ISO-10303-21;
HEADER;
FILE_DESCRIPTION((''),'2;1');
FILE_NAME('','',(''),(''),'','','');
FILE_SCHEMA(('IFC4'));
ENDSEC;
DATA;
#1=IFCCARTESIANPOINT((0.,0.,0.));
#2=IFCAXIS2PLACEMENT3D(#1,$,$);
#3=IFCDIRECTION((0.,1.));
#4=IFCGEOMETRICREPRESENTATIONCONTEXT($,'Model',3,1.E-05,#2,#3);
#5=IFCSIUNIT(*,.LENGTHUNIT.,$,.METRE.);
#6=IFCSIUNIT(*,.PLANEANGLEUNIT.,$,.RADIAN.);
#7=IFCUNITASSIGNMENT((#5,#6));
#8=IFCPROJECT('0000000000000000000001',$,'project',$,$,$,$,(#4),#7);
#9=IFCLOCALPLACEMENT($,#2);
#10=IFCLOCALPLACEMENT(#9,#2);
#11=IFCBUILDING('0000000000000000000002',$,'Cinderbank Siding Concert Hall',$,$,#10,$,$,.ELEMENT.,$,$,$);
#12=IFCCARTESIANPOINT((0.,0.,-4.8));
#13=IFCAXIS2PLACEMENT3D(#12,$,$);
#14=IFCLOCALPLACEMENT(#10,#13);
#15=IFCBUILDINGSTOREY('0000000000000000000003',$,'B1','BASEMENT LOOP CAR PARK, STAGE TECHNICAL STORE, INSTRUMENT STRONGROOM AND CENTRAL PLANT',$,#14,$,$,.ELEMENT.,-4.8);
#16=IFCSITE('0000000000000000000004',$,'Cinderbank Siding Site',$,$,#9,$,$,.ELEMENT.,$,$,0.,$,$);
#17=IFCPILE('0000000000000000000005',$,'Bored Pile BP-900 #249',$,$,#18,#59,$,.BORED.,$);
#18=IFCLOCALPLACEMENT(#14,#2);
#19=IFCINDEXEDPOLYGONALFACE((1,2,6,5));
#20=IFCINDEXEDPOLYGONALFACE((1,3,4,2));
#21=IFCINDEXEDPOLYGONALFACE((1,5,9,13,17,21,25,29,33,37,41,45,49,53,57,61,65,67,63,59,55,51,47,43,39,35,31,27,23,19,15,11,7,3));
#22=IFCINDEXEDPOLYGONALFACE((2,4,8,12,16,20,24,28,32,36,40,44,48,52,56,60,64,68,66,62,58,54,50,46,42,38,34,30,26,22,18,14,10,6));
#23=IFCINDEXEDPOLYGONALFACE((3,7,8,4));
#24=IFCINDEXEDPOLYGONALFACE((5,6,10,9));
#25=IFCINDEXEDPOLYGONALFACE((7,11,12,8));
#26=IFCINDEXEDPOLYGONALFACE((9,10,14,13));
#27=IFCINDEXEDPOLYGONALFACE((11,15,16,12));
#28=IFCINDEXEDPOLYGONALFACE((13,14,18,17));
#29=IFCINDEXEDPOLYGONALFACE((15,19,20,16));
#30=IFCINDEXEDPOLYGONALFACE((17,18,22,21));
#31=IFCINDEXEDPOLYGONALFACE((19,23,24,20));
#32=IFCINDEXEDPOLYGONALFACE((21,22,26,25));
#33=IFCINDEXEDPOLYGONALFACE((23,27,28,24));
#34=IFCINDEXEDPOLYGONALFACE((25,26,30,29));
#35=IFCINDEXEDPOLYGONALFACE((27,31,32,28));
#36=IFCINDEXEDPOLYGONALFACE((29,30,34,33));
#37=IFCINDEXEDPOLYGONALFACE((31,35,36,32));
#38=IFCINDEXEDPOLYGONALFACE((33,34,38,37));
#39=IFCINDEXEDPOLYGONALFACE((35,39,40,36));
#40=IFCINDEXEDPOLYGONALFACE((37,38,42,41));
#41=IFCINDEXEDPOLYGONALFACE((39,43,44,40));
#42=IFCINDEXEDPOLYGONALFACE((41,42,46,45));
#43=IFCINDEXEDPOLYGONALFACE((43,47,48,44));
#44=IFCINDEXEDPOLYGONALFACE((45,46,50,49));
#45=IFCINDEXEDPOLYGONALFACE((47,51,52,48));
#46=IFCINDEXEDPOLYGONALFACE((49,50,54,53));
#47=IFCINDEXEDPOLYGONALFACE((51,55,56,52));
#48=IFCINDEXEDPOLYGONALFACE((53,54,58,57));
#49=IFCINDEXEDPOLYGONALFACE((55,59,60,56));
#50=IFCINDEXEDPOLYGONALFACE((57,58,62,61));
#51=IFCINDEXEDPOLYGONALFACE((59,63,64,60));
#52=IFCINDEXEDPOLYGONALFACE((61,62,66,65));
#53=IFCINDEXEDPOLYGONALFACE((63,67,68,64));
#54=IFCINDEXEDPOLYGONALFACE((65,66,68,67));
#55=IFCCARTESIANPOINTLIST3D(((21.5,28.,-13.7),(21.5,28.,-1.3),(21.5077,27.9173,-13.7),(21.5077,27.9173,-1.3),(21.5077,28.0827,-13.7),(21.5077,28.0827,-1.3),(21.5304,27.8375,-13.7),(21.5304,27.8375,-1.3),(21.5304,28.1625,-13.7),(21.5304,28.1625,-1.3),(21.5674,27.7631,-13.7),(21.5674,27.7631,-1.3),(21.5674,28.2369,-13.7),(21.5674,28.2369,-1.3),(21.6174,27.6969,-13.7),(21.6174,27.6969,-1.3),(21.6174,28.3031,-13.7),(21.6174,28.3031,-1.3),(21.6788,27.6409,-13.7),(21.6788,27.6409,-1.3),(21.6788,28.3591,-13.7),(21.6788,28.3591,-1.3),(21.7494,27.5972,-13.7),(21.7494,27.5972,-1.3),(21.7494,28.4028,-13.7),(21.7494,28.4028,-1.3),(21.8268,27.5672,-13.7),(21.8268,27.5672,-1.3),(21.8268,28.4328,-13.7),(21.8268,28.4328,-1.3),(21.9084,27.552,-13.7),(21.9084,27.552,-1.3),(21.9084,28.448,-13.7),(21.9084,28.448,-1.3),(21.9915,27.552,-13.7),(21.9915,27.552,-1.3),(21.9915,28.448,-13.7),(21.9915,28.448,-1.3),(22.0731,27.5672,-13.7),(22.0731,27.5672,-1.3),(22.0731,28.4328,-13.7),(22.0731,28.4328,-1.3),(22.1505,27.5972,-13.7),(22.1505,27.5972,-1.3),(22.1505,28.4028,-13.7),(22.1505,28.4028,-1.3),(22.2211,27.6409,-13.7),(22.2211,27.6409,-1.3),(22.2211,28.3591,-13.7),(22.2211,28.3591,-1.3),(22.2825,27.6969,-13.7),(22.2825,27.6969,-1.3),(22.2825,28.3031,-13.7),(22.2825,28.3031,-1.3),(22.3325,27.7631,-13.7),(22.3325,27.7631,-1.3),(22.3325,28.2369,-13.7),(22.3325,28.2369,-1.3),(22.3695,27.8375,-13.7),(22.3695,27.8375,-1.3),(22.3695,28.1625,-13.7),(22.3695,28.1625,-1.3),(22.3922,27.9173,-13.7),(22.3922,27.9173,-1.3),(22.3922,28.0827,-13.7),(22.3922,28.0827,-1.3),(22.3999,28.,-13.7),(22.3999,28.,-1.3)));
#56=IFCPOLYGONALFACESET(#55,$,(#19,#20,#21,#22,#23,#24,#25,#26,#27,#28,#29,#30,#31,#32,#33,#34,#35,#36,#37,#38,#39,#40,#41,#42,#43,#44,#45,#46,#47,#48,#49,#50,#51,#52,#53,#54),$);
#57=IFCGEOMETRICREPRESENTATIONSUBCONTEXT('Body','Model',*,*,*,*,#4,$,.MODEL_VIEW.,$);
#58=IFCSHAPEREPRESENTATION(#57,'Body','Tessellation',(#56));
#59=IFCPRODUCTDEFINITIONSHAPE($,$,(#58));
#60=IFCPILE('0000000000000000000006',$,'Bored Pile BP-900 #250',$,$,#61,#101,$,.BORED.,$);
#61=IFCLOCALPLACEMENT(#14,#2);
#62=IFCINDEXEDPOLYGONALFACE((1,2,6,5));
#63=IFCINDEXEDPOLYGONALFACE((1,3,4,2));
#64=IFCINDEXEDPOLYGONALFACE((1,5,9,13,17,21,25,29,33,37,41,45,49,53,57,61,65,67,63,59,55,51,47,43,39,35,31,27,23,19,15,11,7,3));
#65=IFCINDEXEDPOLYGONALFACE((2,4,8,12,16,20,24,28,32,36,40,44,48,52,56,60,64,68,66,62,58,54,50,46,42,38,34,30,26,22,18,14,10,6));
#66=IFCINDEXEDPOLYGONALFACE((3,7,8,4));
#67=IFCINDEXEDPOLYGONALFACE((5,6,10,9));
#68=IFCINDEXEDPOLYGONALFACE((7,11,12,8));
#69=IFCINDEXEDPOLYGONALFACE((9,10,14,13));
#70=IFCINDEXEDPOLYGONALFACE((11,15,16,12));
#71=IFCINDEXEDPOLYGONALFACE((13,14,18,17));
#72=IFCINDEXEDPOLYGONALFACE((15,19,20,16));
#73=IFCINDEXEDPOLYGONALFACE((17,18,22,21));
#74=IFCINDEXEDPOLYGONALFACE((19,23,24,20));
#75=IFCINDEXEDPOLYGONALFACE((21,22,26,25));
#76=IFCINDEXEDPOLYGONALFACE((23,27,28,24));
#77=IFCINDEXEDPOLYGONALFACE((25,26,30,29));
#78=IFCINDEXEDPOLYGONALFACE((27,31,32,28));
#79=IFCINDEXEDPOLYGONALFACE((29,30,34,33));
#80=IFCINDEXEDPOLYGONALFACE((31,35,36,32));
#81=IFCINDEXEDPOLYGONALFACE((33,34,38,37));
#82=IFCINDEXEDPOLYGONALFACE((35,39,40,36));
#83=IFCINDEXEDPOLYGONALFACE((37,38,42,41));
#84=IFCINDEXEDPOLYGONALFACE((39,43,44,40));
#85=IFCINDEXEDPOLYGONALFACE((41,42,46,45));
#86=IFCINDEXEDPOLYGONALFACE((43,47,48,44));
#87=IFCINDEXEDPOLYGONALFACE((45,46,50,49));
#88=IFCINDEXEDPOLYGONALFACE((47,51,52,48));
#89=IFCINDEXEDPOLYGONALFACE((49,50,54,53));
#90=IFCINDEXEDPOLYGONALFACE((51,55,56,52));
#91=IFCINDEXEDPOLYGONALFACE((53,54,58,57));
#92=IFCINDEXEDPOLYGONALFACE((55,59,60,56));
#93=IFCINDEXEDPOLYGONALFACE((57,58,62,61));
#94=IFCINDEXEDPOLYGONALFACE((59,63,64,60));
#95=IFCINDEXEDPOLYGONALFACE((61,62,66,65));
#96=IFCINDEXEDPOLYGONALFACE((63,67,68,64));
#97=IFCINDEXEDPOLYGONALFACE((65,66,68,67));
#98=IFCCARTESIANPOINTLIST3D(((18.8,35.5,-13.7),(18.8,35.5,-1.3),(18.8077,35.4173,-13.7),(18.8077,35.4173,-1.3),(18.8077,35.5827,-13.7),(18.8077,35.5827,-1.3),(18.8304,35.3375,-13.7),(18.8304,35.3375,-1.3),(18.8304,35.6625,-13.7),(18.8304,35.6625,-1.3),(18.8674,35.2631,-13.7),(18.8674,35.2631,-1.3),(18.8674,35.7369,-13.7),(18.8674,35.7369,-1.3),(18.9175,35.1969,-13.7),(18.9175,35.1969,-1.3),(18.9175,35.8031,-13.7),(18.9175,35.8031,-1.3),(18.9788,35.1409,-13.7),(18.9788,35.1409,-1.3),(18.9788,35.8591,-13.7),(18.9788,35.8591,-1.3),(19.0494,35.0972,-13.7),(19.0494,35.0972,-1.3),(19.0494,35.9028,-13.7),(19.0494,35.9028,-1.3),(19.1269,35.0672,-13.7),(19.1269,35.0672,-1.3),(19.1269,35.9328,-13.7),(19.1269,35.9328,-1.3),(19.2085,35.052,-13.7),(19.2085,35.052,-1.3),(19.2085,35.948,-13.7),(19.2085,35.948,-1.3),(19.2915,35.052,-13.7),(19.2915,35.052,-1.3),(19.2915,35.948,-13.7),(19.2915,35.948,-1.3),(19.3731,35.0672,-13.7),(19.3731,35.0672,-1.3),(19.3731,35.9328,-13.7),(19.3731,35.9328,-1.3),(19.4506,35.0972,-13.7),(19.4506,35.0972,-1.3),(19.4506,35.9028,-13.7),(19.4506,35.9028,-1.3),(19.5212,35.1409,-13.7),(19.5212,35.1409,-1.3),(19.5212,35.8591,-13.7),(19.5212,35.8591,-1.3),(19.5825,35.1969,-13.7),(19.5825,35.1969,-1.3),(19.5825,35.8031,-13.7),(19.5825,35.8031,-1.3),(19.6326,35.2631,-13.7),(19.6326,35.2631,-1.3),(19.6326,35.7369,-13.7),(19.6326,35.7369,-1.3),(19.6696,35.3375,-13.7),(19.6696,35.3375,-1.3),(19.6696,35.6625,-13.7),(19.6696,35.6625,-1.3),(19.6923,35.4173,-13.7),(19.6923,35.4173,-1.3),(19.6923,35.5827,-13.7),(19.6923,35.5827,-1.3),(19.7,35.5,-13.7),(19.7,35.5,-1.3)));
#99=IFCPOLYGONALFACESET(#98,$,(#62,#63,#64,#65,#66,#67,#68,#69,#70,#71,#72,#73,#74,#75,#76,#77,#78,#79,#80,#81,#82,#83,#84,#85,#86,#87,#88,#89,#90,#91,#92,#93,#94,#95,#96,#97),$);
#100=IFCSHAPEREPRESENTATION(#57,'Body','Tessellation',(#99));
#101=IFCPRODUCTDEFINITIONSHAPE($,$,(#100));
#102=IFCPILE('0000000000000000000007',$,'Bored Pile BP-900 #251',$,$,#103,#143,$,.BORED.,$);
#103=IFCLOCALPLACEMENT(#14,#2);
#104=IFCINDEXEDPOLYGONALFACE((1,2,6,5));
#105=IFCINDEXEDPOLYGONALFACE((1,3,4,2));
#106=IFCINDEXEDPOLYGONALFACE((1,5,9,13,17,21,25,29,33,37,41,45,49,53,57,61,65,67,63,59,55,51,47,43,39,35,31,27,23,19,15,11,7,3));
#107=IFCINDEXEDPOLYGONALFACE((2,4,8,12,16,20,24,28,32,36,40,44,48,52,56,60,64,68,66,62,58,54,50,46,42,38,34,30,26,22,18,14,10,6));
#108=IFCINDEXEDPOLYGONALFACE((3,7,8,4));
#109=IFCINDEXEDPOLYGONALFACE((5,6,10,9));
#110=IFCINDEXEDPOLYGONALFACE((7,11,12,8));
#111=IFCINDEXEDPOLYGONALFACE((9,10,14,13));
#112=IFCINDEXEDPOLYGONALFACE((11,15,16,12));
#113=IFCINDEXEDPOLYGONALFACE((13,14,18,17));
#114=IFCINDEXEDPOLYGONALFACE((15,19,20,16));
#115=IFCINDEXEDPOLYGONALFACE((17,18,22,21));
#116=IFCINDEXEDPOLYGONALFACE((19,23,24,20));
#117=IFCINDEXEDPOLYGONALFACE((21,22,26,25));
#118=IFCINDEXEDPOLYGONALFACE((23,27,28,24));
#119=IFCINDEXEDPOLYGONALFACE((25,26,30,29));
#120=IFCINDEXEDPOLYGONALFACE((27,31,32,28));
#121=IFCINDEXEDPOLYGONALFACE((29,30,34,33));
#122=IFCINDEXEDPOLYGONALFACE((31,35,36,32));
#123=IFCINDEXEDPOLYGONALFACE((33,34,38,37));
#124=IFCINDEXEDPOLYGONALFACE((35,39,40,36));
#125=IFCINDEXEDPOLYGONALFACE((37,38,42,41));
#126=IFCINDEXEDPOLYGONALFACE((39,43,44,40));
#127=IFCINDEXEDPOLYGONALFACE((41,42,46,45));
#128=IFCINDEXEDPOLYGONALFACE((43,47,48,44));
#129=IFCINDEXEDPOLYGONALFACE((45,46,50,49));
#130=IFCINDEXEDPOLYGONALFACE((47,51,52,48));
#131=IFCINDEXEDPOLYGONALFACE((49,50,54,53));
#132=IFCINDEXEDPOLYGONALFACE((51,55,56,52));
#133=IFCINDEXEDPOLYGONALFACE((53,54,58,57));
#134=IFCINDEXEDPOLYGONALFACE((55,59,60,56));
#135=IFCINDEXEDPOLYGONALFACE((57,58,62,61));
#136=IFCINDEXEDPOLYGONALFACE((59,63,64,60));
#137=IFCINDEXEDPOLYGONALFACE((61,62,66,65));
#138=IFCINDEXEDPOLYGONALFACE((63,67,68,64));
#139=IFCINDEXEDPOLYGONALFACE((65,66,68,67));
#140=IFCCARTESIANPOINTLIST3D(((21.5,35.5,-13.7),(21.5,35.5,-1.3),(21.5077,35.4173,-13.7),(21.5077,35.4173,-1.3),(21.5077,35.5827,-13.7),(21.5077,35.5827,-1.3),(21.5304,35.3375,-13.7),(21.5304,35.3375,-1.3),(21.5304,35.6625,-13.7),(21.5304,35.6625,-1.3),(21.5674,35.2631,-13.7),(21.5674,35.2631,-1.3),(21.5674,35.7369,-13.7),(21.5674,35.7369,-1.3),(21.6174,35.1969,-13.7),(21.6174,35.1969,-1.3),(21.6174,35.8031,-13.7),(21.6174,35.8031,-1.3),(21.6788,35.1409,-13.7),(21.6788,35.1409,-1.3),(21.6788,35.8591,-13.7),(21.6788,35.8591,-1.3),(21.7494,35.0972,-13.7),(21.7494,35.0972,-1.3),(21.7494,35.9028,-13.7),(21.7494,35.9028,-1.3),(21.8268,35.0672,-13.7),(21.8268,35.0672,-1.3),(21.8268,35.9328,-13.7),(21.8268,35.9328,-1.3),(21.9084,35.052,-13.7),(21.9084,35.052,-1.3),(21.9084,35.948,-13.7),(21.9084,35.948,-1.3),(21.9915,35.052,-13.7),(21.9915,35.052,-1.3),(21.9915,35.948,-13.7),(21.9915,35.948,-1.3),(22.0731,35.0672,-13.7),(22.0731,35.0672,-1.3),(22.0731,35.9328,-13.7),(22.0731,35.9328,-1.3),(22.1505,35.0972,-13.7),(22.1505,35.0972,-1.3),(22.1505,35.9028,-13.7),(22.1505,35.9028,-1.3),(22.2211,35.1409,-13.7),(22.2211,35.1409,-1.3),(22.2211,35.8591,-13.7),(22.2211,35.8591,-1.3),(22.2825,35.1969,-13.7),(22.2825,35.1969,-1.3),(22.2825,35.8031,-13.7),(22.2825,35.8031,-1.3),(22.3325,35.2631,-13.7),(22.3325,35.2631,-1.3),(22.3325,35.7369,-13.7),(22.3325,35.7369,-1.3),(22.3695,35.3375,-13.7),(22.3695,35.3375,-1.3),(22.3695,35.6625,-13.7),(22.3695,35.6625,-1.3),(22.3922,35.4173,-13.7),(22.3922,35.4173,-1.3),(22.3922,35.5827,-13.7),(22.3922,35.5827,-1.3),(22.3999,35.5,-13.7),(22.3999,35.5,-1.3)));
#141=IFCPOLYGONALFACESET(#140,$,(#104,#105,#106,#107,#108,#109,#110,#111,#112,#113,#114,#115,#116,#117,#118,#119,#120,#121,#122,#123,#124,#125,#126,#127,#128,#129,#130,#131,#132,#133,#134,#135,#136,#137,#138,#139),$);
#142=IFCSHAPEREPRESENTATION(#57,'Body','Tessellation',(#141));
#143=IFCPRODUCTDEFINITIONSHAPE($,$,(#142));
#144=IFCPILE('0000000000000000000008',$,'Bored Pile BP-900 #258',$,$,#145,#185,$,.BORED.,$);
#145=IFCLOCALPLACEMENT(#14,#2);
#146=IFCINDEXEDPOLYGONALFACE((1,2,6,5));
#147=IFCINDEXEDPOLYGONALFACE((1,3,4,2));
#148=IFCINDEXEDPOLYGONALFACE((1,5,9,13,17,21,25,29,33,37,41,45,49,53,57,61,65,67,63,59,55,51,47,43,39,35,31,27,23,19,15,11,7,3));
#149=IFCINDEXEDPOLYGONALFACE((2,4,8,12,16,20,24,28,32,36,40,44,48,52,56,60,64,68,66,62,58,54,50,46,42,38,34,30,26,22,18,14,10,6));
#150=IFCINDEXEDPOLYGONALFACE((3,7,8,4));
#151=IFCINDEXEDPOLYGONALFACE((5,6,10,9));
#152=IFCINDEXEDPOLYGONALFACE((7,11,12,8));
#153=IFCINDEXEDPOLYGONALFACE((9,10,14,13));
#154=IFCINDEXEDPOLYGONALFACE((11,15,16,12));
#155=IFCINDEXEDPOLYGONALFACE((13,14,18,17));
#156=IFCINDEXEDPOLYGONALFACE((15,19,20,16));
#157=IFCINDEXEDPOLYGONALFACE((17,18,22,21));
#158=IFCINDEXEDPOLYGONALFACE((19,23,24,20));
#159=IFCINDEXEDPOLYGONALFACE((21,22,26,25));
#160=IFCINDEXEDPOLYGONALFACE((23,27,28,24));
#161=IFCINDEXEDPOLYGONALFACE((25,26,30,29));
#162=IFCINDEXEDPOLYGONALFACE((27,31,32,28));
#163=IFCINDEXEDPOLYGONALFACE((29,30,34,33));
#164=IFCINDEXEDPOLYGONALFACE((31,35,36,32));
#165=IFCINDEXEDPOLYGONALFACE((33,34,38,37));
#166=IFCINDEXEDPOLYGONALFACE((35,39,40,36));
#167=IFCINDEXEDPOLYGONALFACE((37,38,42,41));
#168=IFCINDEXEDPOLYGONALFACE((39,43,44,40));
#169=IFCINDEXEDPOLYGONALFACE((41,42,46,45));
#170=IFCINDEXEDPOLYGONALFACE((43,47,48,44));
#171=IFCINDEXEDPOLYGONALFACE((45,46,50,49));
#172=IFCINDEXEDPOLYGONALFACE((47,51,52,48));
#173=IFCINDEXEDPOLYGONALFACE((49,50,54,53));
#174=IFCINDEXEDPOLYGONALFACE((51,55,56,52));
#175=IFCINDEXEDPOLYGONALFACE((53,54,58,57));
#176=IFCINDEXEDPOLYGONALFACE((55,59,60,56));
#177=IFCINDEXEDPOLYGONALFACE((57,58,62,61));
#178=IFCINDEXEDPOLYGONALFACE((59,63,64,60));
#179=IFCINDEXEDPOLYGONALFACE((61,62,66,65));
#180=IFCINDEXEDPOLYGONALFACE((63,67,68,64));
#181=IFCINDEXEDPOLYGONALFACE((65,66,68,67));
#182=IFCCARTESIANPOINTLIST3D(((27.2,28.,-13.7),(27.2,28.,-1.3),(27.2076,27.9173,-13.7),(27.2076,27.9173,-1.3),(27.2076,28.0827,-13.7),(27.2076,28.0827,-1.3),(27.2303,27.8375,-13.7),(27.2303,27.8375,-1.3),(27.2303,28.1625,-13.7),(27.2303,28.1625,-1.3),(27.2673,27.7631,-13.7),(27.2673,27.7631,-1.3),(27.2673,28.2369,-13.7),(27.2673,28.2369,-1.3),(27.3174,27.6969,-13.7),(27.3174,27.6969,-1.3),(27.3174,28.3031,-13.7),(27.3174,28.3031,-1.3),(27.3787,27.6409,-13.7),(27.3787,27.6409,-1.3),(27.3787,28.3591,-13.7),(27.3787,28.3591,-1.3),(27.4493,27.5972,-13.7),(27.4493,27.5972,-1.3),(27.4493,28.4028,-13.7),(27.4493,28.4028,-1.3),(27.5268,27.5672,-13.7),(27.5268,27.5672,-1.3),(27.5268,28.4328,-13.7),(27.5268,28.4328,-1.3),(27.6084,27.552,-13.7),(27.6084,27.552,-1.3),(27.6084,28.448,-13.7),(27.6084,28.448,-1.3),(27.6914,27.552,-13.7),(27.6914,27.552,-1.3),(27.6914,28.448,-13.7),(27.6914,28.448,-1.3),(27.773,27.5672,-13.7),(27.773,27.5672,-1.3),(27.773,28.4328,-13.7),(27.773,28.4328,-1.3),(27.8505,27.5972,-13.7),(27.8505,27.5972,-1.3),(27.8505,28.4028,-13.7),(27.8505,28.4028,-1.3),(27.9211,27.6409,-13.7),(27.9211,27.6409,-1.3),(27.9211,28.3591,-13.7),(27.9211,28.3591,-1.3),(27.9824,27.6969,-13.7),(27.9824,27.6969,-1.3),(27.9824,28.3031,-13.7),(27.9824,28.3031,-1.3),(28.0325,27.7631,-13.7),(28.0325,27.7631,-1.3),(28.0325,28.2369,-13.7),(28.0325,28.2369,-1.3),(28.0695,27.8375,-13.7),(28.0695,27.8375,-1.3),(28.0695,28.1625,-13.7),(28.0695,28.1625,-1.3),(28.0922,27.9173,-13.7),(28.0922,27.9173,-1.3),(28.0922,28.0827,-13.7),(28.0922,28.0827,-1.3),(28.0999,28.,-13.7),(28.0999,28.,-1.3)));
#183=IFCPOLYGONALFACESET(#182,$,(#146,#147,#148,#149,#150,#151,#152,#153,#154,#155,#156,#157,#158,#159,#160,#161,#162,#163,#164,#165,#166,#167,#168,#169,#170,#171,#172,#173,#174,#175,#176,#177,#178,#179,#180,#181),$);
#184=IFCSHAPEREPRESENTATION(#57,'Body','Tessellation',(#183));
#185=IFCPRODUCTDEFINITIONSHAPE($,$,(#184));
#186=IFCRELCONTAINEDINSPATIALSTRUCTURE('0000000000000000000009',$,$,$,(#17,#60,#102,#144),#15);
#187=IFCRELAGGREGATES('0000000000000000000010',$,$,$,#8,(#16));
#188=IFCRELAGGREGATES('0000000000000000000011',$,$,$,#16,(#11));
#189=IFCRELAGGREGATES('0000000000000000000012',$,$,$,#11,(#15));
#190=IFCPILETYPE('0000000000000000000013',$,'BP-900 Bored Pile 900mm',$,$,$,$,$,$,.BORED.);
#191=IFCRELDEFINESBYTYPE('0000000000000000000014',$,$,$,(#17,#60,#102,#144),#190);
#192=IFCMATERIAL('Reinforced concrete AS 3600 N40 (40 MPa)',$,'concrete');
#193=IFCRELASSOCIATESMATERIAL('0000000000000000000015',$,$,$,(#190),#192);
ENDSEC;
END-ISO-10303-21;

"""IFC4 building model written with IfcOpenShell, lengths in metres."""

from ifc_helpers import new_model, si_unit, direction, frame, origin, origin_2d, place, context, subcontext, project, spatial, circle, extrude, material, material_profile, profile_set, type_object, element, save


model = new_model("IFC4")

# Units and contexts
model_context = context("Model", 3, precision=1e-05, world=origin(), true_north=direction((0.0, 1.0)))
body_context = subcontext(model_context, "Body", "Model", "MODEL_VIEW")
ifc_project = project(units=[si_unit("LENGTHUNIT", "METRE"), si_unit("PLANEANGLEUNIT", "RADIAN")], contexts=[model_context])

# Site, building, storey
site_placement = place(None, origin())
site = spatial("IfcSite", under=ifc_project, at=site_placement, Name="Cinderbank Siding Site", CompositionType="ELEMENT", RefElevation=0.0)
building_placement = place(site_placement, origin())
building = spatial("IfcBuilding", under=site, at=building_placement, Name="Cinderbank Siding Concert Hall", CompositionType="ELEMENT")
storey_placement = place(building_placement, frame((0.0, 0.0, -4.8)))
storey = spatial("IfcBuildingStorey", under=building, at=storey_placement, Name="B1", Description="BASEMENT LOOP CAR PARK, STAGE TECHNICAL STORE, INSTRUMENT STRONGROOM AND CENTRAL PLANT", CompositionType="ELEMENT", Elevation=-4.8)

# Piles
ifc_material_1 = material(Name="Reinforced concrete AS 3600 N40 (40 MPa)", Category="concrete")
ifc_material_profile_1 = material_profile(ifc_material_1, circle(Radius=0.45, at=origin_2d()), Name="PILE-900DIA", Category="LoadBearing")
ifc_profile_set_1 = profile_set([ifc_material_profile_1], Name="Reinforced concrete AS 3600 N40 (40 MPa)")
pile_type = type_object("IfcPileType", Name="BP-900 Bored Pile 900mm", PredefinedType="BORED", material=ifc_profile_set_1)
for number, where, z_axis, x_axis, name in (
    (1, (21.95, 28.0, -1.3), (0.0, 0.0, -1.0), (1.0, 0.0, 0.0), "Bored Pile BP-900 #249"),
    (2, (19.25, 35.5, -1.3), (0.0, 0.0, -1.0), (1.0, 0.0, 0.0), "Bored Pile BP-900 #250"),
    (3, (21.95, 35.5, -1.3), (0.0, 0.0, -1.0), (1.0, 0.0, 0.0), "Bored Pile BP-900 #251"),
    (4, (27.6499, 28.0, -1.3), (0.0, 0.0, -1.0), (1.0, 0.0, 0.0), "Bored Pile BP-900 #258"),
):
    element("IfcPile", number, at=place(storey_placement, frame(where, z_axis=z_axis, x_axis=x_axis)), inside=storey, type_object=pile_type, Name=name, PredefinedType="BORED", context=body_context, shape_type="SweptSolid", body=[
        extrude(circle(Radius=0.45, at=origin_2d()), origin(), (0.0, 0.0, 1.0), 12.3999),
    ])

save(model, "model.ifc")
